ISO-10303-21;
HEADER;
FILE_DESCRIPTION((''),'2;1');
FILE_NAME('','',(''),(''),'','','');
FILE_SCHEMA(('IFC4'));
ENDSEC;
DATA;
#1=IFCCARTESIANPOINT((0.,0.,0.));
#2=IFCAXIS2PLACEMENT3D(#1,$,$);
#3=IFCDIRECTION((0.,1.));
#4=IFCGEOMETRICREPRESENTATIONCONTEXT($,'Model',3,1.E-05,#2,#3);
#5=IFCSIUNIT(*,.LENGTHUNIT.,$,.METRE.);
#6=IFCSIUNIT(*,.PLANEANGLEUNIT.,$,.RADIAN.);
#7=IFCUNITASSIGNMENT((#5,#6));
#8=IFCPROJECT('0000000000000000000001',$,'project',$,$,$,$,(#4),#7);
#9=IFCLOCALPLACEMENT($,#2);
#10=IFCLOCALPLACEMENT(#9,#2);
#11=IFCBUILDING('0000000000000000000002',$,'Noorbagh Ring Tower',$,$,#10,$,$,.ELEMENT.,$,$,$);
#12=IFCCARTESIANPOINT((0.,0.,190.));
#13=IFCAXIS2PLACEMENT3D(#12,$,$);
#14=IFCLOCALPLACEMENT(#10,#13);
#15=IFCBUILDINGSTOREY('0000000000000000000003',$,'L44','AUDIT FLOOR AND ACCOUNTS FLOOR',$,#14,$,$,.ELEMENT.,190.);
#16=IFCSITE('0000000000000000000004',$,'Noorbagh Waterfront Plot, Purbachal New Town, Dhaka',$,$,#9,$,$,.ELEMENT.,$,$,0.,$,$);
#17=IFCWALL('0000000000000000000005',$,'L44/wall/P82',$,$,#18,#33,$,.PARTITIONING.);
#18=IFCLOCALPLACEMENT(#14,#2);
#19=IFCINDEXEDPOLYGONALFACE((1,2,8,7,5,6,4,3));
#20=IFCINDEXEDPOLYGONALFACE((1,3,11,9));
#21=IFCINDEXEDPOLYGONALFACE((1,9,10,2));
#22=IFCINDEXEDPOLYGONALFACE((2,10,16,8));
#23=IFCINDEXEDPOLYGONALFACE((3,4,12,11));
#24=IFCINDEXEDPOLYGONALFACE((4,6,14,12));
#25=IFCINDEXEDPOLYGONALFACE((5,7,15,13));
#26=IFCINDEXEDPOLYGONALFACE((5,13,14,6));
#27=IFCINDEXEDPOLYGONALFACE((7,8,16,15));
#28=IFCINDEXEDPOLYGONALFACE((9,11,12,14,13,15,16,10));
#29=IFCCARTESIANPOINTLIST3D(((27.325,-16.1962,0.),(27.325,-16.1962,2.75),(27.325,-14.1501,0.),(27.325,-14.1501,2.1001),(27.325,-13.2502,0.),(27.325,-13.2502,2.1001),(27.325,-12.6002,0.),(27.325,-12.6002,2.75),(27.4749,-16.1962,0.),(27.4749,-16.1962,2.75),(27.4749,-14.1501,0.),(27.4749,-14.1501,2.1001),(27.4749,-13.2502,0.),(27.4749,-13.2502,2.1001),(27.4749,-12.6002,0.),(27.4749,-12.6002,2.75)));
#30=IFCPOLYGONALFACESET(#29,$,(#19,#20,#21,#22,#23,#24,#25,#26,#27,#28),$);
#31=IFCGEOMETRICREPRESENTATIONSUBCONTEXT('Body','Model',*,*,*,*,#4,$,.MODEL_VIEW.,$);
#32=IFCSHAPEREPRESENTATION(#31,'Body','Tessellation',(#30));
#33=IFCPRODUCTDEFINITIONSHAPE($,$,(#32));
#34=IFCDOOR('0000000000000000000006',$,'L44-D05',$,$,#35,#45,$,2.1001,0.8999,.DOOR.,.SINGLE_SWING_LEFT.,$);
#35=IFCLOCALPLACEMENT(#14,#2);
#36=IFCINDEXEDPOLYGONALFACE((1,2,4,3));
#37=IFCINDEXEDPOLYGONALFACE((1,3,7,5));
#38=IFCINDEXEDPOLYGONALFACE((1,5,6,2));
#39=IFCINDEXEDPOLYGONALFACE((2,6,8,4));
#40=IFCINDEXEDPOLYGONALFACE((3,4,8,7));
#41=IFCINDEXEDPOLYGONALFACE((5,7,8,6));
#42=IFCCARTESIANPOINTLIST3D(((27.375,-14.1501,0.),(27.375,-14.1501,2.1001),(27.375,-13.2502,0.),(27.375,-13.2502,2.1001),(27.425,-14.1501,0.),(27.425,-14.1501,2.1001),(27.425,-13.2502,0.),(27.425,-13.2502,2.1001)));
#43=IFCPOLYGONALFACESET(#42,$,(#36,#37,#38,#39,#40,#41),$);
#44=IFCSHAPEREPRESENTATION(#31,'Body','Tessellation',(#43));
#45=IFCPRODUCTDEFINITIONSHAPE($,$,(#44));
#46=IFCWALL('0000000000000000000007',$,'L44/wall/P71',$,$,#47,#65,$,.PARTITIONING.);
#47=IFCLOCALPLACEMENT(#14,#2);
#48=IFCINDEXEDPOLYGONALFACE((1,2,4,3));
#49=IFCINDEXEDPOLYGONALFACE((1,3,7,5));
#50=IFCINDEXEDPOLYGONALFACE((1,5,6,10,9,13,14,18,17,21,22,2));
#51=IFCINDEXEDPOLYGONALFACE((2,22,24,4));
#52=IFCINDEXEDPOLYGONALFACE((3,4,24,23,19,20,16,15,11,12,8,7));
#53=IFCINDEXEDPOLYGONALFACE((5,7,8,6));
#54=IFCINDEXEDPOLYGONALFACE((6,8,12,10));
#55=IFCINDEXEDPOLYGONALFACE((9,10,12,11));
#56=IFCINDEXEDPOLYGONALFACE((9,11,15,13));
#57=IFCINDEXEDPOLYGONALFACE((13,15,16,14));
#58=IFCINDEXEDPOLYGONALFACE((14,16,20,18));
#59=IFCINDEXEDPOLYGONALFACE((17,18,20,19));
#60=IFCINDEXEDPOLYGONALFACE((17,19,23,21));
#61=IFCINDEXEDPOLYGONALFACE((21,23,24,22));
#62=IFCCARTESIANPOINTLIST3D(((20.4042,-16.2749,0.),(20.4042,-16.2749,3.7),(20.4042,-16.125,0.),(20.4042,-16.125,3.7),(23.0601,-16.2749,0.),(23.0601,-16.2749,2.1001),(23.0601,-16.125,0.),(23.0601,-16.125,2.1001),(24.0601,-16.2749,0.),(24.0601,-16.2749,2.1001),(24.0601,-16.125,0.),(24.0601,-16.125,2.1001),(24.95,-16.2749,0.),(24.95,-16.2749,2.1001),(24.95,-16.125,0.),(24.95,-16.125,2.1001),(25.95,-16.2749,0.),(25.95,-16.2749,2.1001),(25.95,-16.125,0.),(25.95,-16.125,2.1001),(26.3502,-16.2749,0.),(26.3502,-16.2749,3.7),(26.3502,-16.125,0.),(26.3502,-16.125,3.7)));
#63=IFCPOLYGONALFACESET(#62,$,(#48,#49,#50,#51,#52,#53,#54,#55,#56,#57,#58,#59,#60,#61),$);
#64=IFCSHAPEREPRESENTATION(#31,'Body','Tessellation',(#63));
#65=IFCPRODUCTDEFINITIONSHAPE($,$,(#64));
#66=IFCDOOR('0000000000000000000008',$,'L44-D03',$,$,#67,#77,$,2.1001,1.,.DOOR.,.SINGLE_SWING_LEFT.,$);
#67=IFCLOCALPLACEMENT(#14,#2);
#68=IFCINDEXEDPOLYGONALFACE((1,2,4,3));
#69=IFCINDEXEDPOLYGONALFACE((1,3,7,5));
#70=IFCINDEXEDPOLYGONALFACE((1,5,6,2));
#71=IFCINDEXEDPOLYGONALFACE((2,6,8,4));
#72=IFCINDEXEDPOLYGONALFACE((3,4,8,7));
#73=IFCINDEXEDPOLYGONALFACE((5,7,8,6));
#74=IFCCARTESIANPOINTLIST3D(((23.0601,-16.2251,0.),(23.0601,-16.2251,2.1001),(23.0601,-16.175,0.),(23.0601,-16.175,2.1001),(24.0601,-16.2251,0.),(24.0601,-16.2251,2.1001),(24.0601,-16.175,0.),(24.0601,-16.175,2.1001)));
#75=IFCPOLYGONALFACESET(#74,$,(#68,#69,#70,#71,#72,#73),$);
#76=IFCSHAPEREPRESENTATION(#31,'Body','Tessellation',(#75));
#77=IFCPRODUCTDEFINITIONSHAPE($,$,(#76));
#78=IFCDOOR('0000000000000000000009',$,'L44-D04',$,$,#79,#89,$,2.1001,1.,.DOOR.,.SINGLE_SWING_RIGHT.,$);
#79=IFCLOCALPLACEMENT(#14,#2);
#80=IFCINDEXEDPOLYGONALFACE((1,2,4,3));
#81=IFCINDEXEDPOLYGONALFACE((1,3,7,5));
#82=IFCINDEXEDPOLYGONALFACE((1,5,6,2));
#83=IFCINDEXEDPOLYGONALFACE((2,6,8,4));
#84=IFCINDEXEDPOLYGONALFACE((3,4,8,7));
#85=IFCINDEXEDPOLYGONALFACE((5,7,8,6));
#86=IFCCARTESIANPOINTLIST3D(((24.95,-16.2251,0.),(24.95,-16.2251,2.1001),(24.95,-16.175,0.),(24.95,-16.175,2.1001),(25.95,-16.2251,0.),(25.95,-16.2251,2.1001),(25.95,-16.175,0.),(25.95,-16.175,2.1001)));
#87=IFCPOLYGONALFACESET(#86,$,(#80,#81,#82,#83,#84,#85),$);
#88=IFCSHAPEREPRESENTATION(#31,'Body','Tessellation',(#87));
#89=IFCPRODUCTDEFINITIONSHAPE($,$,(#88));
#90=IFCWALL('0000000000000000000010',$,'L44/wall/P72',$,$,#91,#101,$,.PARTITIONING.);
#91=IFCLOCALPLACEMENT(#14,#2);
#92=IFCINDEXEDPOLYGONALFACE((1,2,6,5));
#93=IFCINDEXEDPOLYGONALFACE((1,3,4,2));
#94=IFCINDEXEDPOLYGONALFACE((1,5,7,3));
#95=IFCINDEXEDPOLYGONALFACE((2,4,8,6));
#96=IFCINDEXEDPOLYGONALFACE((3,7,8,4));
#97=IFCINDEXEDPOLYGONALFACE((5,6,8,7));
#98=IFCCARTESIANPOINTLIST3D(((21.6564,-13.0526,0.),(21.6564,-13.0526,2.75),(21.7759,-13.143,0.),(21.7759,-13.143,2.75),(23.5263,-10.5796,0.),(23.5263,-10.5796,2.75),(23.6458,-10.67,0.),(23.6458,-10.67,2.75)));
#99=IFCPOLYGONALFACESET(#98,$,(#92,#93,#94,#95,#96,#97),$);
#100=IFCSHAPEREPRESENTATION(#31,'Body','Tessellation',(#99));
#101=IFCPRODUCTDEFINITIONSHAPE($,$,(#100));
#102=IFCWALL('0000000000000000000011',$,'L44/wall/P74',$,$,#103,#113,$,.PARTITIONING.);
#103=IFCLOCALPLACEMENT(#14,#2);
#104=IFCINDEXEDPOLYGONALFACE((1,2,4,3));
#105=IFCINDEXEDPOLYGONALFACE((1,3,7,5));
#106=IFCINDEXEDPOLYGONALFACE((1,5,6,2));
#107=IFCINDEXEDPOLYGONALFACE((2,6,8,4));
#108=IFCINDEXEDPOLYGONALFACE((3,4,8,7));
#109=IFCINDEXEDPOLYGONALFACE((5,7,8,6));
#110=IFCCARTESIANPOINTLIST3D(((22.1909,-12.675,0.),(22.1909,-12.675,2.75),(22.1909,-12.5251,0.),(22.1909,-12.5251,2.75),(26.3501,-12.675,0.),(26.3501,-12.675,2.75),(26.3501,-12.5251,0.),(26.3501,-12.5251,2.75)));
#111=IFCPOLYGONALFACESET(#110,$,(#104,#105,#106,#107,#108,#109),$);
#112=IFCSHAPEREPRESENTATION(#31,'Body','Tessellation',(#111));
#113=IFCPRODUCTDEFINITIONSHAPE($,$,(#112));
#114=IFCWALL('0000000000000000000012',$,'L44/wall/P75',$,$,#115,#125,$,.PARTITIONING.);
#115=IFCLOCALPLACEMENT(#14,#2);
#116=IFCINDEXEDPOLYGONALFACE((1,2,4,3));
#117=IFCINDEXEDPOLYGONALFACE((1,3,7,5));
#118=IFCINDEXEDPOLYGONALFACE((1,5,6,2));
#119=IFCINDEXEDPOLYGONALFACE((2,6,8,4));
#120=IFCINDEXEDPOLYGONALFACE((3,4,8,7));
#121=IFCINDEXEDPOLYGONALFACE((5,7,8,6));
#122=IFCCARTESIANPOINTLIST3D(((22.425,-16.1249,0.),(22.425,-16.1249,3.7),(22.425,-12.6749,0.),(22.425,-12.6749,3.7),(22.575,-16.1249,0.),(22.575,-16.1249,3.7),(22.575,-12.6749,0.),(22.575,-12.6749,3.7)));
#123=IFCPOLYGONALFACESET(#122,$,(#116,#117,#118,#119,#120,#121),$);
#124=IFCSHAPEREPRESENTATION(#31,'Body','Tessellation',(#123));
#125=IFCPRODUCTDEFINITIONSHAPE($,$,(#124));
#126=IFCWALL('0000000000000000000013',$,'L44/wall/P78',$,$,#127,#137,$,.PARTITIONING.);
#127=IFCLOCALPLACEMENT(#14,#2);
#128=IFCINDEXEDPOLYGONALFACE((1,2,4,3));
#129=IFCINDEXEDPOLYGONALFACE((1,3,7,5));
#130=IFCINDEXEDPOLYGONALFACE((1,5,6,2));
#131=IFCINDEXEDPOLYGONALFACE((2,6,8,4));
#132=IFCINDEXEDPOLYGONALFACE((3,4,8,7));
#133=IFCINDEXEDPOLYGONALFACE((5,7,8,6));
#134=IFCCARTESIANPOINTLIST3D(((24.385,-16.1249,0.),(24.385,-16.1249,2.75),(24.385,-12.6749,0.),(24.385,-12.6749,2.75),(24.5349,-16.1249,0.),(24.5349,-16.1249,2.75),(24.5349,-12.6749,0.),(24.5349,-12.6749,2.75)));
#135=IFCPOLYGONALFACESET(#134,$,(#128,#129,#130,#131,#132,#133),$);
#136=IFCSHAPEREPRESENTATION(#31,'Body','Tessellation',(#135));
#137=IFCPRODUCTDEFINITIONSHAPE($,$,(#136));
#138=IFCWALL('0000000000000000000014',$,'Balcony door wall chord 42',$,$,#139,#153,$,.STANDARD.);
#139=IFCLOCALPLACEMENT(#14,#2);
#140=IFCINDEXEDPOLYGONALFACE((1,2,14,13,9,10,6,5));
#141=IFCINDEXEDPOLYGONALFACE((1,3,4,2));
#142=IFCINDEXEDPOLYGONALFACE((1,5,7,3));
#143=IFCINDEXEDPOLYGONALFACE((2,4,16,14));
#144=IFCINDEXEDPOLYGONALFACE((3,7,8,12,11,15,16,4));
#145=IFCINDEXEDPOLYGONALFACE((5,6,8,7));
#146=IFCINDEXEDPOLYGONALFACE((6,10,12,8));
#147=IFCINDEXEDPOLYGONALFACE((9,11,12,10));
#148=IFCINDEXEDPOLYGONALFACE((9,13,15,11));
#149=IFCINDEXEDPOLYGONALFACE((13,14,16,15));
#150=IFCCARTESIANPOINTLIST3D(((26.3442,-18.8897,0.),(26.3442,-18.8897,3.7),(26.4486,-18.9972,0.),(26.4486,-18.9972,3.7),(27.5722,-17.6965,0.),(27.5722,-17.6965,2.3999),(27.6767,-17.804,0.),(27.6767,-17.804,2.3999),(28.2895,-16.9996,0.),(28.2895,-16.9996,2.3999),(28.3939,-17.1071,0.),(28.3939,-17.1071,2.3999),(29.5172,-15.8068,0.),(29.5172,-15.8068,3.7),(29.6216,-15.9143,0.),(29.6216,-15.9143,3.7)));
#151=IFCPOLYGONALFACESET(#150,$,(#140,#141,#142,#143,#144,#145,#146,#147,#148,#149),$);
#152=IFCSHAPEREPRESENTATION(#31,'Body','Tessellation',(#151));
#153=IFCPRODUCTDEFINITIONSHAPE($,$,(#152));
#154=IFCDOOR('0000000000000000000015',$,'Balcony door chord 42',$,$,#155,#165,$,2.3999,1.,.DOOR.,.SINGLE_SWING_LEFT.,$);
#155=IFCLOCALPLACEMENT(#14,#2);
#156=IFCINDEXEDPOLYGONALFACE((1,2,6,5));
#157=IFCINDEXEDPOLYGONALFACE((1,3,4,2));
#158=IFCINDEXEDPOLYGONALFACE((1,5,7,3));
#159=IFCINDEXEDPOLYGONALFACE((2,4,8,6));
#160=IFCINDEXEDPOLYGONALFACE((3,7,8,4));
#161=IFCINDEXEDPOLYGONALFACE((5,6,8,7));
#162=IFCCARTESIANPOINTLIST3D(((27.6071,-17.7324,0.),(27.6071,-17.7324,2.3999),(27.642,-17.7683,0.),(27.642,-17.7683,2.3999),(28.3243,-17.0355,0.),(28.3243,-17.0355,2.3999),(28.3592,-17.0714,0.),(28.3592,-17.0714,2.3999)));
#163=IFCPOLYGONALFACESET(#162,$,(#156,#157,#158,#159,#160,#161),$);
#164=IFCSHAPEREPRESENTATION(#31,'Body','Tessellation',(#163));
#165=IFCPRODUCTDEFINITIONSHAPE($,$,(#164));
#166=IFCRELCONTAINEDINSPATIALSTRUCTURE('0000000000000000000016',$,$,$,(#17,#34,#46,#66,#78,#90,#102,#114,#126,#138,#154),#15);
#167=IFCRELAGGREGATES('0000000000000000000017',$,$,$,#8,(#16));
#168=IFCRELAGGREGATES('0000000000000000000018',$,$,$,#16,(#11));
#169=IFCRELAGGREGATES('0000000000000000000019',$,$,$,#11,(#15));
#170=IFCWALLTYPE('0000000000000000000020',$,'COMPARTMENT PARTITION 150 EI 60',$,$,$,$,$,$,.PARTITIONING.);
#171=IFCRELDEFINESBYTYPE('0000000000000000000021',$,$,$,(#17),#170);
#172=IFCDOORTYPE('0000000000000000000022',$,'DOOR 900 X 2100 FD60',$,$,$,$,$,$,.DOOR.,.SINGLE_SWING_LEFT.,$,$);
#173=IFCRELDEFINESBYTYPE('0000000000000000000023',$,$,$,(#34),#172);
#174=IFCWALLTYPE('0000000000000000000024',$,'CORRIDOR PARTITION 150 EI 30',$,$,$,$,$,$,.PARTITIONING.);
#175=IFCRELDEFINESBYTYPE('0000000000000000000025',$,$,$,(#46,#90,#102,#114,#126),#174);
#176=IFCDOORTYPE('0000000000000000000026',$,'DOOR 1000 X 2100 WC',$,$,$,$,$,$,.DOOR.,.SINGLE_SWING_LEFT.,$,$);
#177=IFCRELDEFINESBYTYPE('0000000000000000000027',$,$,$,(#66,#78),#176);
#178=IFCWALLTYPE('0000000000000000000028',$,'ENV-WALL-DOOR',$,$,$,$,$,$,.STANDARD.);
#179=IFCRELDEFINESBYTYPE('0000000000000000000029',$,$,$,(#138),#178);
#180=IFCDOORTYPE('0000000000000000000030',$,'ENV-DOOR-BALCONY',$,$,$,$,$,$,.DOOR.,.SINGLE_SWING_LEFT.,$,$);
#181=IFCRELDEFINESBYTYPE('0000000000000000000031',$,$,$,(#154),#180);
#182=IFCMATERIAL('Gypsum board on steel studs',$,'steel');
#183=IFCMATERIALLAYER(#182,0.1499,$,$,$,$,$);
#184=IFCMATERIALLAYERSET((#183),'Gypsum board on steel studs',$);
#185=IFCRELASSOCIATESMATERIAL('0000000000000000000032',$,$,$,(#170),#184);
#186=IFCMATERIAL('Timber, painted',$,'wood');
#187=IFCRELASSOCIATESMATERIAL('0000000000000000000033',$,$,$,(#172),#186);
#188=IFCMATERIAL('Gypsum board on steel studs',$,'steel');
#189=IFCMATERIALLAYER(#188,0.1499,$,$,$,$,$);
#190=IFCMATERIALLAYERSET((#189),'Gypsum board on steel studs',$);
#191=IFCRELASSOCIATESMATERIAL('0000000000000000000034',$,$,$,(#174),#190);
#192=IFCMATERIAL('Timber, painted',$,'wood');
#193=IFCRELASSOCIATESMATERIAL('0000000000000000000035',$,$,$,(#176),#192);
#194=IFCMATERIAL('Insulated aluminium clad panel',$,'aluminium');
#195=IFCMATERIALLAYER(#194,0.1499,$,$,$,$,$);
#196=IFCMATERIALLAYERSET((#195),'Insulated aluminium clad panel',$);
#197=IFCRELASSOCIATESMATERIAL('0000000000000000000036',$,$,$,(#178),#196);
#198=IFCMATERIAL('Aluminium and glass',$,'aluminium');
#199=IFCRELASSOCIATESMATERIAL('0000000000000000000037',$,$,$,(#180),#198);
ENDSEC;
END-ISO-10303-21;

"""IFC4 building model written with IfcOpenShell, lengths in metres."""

from ifc_helpers import new_model, si_unit, direction, frame, frame_2d, origin, place, context, subcontext, project, spatial, rectangle, extrude, material, layer, layer_set, type_object, element, fill, save


model = new_model("IFC4")

# Units and contexts
model_context = context("Model", 3, precision=1e-05, world=origin(), true_north=direction((0.0, 1.0)))
body_context = subcontext(model_context, "Body", "Model", "MODEL_VIEW")
ifc_project = project(units=[si_unit("LENGTHUNIT", "METRE"), si_unit("PLANEANGLEUNIT", "RADIAN")], contexts=[model_context])

# Site, building, storey
site_placement = place(None, origin())
site = spatial("IfcSite", under=ifc_project, at=site_placement, Name="Noorbagh Waterfront Plot, Purbachal New Town, Dhaka", CompositionType="ELEMENT", RefElevation=0.0)
building_placement = place(site_placement, origin())
building = spatial("IfcBuilding", under=site, at=building_placement, Name="Noorbagh Ring Tower", CompositionType="ELEMENT")
storey_placement = place(building_placement, frame((0.0, 0.0, 190.0)))
storey = spatial("IfcBuildingStorey", under=building, at=storey_placement, Name="L44", Description="AUDIT FLOOR AND ACCOUNTS FLOOR", CompositionType="ELEMENT", Elevation=190.0)

# Shared definitions
ifc_material_1 = material(Name="Gypsum board on steel studs", Category="steel")
ifc_layer_1 = layer(ifc_material_1, 0.1499)
ifc_layer_set_1 = layer_set([ifc_layer_1], Name="Gypsum board on steel studs")
wall_type_1 = type_object("IfcWallType", Name="COMPARTMENT PARTITION 150 EI 60", PredefinedType="PARTITIONING", material=ifc_layer_set_1)

# Wall, opening, door
wall_1_placement = place(storey_placement, frame((27.3999, -16.196, 0.0), z_axis=(0.0, 0.0, 1.0), x_axis=(0.0, 1.0, 0.0)))
wall_1 = element("IfcWall", 1, at=wall_1_placement, inside=storey, type_object=wall_type_1, Name="L44/wall/P82", PredefinedType="PARTITIONING", context=body_context, shape_type="SweptSolid", body=[
    extrude(rectangle(XDim=3.5959, YDim=0.1499, at=frame_2d((1.7979, 0.0))), origin(), (0.0, 0.0, 1.0), 2.75),
])
opening_1_placement = place(wall_1_placement, frame((2.0459, 0.0, 0.0)))
opening_1 = element("IfcOpeningElement", 2, at=opening_1_placement, cuts=wall_1, PredefinedType="OPENING", context=body_context, shape_type="SweptSolid", body=[
    extrude(rectangle(XDim=0.8999, YDim=2.1001, at=frame_2d((0.45, 1.05))), frame((0.0, 0.085, 0.0), z_axis=(0.0, -1.0, 0.0), x_axis=(1.0, 0.0, 0.0)), (0.0, 0.0, 1.0), 0.1699),
])
ifc_material_2 = material(Name="Timber, painted", Category="wood")
door_type_1 = type_object("IfcDoorType", Name="DOOR 900 X 2100 FD60", OperationType="SINGLE_SWING_LEFT", PredefinedType="DOOR", material=ifc_material_2)
door_1_placement = place(opening_1_placement, origin())
door_1 = element("IfcDoor", 3, at=door_1_placement, inside=storey, type_object=door_type_1, Name="L44-D05", OperationType="SINGLE_SWING_LEFT", OverallHeight=2.1001, OverallWidth=0.8999, PredefinedType="DOOR", context=body_context, shape_type="SweptSolid", body=[
    extrude(rectangle(XDim=0.8999, YDim=2.1001, at=frame_2d((0.45, 1.05))), frame((0.0, 0.0249, 0.0), z_axis=(0.0, -1.0, 0.0), x_axis=(1.0, 0.0, 0.0)), (0.0, 0.0, 1.0), 0.05),
])
fill(opening_1, door_1)

# Wall, openings, doors
ifc_material_3 = material(Name="Gypsum board on steel studs", Category="steel")
ifc_layer_2 = layer(ifc_material_3, 0.1499)
ifc_layer_set_2 = layer_set([ifc_layer_2], Name="Gypsum board on steel studs")
wall_type_2 = type_object("IfcWallType", Name="CORRIDOR PARTITION 150 EI 30", PredefinedType="PARTITIONING", material=ifc_layer_set_2)
wall_2_placement = place(storey_placement, frame((20.4041, -16.2, 0.0), z_axis=(0.0, 0.0, 1.0), x_axis=(1.0, 0.0, 0.0)))
wall_2 = element("IfcWall", 4, at=wall_2_placement, inside=storey, type_object=wall_type_2, Name="L44/wall/P71", PredefinedType="PARTITIONING", context=body_context, shape_type="SweptSolid", body=[
    extrude(rectangle(XDim=5.946, YDim=0.1499, at=frame_2d((2.9731, 0.0))), origin(), (0.0, 0.0, 1.0), 3.7),
])
opening_2_placement = place(wall_2_placement, frame((2.656, 0.0, 0.0)))
opening_2 = element("IfcOpeningElement", 5, at=opening_2_placement, cuts=wall_2, PredefinedType="OPENING", context=body_context, shape_type="SweptSolid", body=[
    extrude(rectangle(XDim=1.0, YDim=2.1001, at=frame_2d((0.5, 1.05))), frame((0.0, 0.085, 0.0), z_axis=(0.0, -1.0, 0.0), x_axis=(1.0, 0.0, 0.0)), (0.0, 0.0, 1.0), 0.1699),
])
opening_3_placement = place(wall_2_placement, frame((4.5459, 0.0, 0.0)))
opening_3 = element("IfcOpeningElement", 6, at=opening_3_placement, cuts=wall_2, PredefinedType="OPENING", context=body_context, shape_type="SweptSolid", body=[
    extrude(rectangle(XDim=1.0, YDim=2.1001, at=frame_2d((0.5, 1.05))), frame((0.0, 0.085, 0.0), z_axis=(0.0, -1.0, 0.0), x_axis=(1.0, 0.0, 0.0)), (0.0, 0.0, 1.0), 0.1699),
])
ifc_material_4 = material(Name="Timber, painted", Category="wood")
door_type_2 = type_object("IfcDoorType", Name="DOOR 1000 X 2100 WC", OperationType="SINGLE_SWING_LEFT", PredefinedType="DOOR", material=ifc_material_4)
door_2_placement = place(opening_2_placement, origin())
door_2 = element("IfcDoor", 7, at=door_2_placement, inside=storey, type_object=door_type_2, Name="L44-D03", OperationType="SINGLE_SWING_LEFT", OverallHeight=2.1001, OverallWidth=1.0, PredefinedType="DOOR", context=body_context, shape_type="SweptSolid", body=[
    extrude(rectangle(XDim=1.0, YDim=2.1001, at=frame_2d((0.5, 1.05))), frame((0.0, 0.0249, 0.0), z_axis=(0.0, -1.0, 0.0), x_axis=(1.0, 0.0, 0.0)), (0.0, 0.0, 1.0), 0.05),
])
fill(opening_2, door_2)
door_3_placement = place(opening_3_placement, origin())
door_3 = element("IfcDoor", 8, at=door_3_placement, inside=storey, type_object=door_type_2, Name="L44-D04", OperationType="SINGLE_SWING_RIGHT", OverallHeight=2.1001, OverallWidth=1.0, PredefinedType="DOOR", context=body_context, shape_type="SweptSolid", body=[
    extrude(rectangle(XDim=1.0, YDim=2.1001, at=frame_2d((0.5, 1.05))), frame((0.0, 0.0249, 0.0), z_axis=(0.0, -1.0, 0.0), x_axis=(1.0, 0.0, 0.0)), (0.0, 0.0, 1.0), 0.05),
])
fill(opening_3, door_3)

# Walls
wall_3_placement = place(storey_placement, frame((21.7161, -13.0979, 0.0), z_axis=(0.0, 0.0, 1.0), x_axis=(0.603133, 0.797641, 0.0)))
element("IfcWall", 9, at=wall_3_placement, inside=storey, type_object=wall_type_2, Name="L44/wall/P72", PredefinedType="PARTITIONING", context=body_context, shape_type="SweptSolid", body=[
    extrude(rectangle(XDim=3.1003, YDim=0.1499, at=frame_2d((1.5503, 0.0))), origin(), (0.0, 0.0, 1.0), 2.75),
])
wall_4_placement = place(storey_placement, frame((22.1909, -12.6001, 0.0), z_axis=(0.0, 0.0, 1.0), x_axis=(1.0, 0.0, 0.0)))
element("IfcWall", 10, at=wall_4_placement, inside=storey, type_object=wall_type_2, Name="L44/wall/P74", PredefinedType="PARTITIONING", context=body_context, shape_type="SweptSolid", body=[
    extrude(rectangle(XDim=4.1592, YDim=0.1499, at=frame_2d((2.0796, 0.0))), origin(), (0.0, 0.0, 1.0), 2.75),
])
wall_5_placement = place(storey_placement, frame((22.5, -16.125, 0.0), z_axis=(0.0, 0.0, 1.0), x_axis=(0.0, 1.0, 0.0)))
element("IfcWall", 11, at=wall_5_placement, inside=storey, type_object=wall_type_2, Name="L44/wall/P75", PredefinedType="PARTITIONING", context=body_context, shape_type="SweptSolid", body=[
    extrude(rectangle(XDim=3.45, YDim=0.1499, at=frame_2d((1.7251, 0.0))), origin(), (0.0, 0.0, 1.0), 3.7),
])
wall_6_placement = place(storey_placement, frame((24.46, -16.125, 0.0), z_axis=(0.0, 0.0, 1.0), x_axis=(0.0, 1.0, 0.0)))
element("IfcWall", 12, at=wall_6_placement, inside=storey, type_object=wall_type_2, Name="L44/wall/P78", PredefinedType="PARTITIONING", context=body_context, shape_type="SweptSolid", body=[
    extrude(rectangle(XDim=3.45, YDim=0.1499, at=frame_2d((1.7251, 0.0))), origin(), (0.0, 0.0, 1.0), 2.75),
])

# Wall, opening, door
ifc_material_5 = material(Name="Insulated aluminium clad panel", Category="aluminium")
ifc_layer_3 = layer(ifc_material_5, 0.1499)
ifc_layer_set_3 = layer_set([ifc_layer_3], Name="Insulated aluminium clad panel")
wall_type_3 = type_object("IfcWallType", Name="ENV-WALL-DOOR", PredefinedType="STANDARD", material=ifc_layer_set_3)
wall_7_placement = place(storey_placement, frame((26.3965, -18.9434, 0.0), z_axis=(0.0, 0.0, 1.0), x_axis=(0.717215, 0.696852, 0.0)))
wall_7 = element("IfcWall", 13, at=wall_7_placement, inside=storey, type_object=wall_type_3, Name="Balcony door wall chord 42", PredefinedType="STANDARD", context=body_context, shape_type="SweptSolid", body=[
    extrude(rectangle(XDim=4.4241, YDim=0.1499, at=frame_2d((2.2119, 0.0))), origin(), (0.0, 0.0, 1.0), 3.7),
])
opening_4_placement = place(wall_7_placement, frame((1.7122, 0.0, 0.0)))
opening_4 = element("IfcOpeningElement", 14, at=opening_4_placement, cuts=wall_7, PredefinedType="OPENING", context=body_context, shape_type="SweptSolid", body=[
    extrude(rectangle(XDim=1.0, YDim=2.3999, at=frame_2d((0.5, 1.2))), frame((0.0, 0.085, 0.0), z_axis=(0.0, -1.0, 0.0), x_axis=(1.0, 0.0, 0.0)), (0.0, 0.0, 1.0), 0.1699),
])
ifc_material_6 = material(Name="Aluminium and glass", Category="aluminium")
door_type_3 = type_object("IfcDoorType", Name="ENV-DOOR-BALCONY", OperationType="SINGLE_SWING_LEFT", PredefinedType="DOOR", material=ifc_material_6)
door_4_placement = place(opening_4_placement, origin())
door_4 = element("IfcDoor", 15, at=door_4_placement, inside=storey, type_object=door_type_3, Name="Balcony door chord 42", OperationType="SINGLE_SWING_LEFT", OverallHeight=2.3999, OverallWidth=1.0, PredefinedType="DOOR", context=body_context, shape_type="SweptSolid", body=[
    extrude(rectangle(XDim=1.0, YDim=2.3999, at=frame_2d((0.5, 1.2))), frame((0.0, 0.0249, 0.0), z_axis=(0.0, -1.0, 0.0), x_axis=(1.0, 0.0, 0.0)), (0.0, 0.0, 1.0), 0.05),
])
fill(opening_4, door_4)

save(model, "model.ifc")
